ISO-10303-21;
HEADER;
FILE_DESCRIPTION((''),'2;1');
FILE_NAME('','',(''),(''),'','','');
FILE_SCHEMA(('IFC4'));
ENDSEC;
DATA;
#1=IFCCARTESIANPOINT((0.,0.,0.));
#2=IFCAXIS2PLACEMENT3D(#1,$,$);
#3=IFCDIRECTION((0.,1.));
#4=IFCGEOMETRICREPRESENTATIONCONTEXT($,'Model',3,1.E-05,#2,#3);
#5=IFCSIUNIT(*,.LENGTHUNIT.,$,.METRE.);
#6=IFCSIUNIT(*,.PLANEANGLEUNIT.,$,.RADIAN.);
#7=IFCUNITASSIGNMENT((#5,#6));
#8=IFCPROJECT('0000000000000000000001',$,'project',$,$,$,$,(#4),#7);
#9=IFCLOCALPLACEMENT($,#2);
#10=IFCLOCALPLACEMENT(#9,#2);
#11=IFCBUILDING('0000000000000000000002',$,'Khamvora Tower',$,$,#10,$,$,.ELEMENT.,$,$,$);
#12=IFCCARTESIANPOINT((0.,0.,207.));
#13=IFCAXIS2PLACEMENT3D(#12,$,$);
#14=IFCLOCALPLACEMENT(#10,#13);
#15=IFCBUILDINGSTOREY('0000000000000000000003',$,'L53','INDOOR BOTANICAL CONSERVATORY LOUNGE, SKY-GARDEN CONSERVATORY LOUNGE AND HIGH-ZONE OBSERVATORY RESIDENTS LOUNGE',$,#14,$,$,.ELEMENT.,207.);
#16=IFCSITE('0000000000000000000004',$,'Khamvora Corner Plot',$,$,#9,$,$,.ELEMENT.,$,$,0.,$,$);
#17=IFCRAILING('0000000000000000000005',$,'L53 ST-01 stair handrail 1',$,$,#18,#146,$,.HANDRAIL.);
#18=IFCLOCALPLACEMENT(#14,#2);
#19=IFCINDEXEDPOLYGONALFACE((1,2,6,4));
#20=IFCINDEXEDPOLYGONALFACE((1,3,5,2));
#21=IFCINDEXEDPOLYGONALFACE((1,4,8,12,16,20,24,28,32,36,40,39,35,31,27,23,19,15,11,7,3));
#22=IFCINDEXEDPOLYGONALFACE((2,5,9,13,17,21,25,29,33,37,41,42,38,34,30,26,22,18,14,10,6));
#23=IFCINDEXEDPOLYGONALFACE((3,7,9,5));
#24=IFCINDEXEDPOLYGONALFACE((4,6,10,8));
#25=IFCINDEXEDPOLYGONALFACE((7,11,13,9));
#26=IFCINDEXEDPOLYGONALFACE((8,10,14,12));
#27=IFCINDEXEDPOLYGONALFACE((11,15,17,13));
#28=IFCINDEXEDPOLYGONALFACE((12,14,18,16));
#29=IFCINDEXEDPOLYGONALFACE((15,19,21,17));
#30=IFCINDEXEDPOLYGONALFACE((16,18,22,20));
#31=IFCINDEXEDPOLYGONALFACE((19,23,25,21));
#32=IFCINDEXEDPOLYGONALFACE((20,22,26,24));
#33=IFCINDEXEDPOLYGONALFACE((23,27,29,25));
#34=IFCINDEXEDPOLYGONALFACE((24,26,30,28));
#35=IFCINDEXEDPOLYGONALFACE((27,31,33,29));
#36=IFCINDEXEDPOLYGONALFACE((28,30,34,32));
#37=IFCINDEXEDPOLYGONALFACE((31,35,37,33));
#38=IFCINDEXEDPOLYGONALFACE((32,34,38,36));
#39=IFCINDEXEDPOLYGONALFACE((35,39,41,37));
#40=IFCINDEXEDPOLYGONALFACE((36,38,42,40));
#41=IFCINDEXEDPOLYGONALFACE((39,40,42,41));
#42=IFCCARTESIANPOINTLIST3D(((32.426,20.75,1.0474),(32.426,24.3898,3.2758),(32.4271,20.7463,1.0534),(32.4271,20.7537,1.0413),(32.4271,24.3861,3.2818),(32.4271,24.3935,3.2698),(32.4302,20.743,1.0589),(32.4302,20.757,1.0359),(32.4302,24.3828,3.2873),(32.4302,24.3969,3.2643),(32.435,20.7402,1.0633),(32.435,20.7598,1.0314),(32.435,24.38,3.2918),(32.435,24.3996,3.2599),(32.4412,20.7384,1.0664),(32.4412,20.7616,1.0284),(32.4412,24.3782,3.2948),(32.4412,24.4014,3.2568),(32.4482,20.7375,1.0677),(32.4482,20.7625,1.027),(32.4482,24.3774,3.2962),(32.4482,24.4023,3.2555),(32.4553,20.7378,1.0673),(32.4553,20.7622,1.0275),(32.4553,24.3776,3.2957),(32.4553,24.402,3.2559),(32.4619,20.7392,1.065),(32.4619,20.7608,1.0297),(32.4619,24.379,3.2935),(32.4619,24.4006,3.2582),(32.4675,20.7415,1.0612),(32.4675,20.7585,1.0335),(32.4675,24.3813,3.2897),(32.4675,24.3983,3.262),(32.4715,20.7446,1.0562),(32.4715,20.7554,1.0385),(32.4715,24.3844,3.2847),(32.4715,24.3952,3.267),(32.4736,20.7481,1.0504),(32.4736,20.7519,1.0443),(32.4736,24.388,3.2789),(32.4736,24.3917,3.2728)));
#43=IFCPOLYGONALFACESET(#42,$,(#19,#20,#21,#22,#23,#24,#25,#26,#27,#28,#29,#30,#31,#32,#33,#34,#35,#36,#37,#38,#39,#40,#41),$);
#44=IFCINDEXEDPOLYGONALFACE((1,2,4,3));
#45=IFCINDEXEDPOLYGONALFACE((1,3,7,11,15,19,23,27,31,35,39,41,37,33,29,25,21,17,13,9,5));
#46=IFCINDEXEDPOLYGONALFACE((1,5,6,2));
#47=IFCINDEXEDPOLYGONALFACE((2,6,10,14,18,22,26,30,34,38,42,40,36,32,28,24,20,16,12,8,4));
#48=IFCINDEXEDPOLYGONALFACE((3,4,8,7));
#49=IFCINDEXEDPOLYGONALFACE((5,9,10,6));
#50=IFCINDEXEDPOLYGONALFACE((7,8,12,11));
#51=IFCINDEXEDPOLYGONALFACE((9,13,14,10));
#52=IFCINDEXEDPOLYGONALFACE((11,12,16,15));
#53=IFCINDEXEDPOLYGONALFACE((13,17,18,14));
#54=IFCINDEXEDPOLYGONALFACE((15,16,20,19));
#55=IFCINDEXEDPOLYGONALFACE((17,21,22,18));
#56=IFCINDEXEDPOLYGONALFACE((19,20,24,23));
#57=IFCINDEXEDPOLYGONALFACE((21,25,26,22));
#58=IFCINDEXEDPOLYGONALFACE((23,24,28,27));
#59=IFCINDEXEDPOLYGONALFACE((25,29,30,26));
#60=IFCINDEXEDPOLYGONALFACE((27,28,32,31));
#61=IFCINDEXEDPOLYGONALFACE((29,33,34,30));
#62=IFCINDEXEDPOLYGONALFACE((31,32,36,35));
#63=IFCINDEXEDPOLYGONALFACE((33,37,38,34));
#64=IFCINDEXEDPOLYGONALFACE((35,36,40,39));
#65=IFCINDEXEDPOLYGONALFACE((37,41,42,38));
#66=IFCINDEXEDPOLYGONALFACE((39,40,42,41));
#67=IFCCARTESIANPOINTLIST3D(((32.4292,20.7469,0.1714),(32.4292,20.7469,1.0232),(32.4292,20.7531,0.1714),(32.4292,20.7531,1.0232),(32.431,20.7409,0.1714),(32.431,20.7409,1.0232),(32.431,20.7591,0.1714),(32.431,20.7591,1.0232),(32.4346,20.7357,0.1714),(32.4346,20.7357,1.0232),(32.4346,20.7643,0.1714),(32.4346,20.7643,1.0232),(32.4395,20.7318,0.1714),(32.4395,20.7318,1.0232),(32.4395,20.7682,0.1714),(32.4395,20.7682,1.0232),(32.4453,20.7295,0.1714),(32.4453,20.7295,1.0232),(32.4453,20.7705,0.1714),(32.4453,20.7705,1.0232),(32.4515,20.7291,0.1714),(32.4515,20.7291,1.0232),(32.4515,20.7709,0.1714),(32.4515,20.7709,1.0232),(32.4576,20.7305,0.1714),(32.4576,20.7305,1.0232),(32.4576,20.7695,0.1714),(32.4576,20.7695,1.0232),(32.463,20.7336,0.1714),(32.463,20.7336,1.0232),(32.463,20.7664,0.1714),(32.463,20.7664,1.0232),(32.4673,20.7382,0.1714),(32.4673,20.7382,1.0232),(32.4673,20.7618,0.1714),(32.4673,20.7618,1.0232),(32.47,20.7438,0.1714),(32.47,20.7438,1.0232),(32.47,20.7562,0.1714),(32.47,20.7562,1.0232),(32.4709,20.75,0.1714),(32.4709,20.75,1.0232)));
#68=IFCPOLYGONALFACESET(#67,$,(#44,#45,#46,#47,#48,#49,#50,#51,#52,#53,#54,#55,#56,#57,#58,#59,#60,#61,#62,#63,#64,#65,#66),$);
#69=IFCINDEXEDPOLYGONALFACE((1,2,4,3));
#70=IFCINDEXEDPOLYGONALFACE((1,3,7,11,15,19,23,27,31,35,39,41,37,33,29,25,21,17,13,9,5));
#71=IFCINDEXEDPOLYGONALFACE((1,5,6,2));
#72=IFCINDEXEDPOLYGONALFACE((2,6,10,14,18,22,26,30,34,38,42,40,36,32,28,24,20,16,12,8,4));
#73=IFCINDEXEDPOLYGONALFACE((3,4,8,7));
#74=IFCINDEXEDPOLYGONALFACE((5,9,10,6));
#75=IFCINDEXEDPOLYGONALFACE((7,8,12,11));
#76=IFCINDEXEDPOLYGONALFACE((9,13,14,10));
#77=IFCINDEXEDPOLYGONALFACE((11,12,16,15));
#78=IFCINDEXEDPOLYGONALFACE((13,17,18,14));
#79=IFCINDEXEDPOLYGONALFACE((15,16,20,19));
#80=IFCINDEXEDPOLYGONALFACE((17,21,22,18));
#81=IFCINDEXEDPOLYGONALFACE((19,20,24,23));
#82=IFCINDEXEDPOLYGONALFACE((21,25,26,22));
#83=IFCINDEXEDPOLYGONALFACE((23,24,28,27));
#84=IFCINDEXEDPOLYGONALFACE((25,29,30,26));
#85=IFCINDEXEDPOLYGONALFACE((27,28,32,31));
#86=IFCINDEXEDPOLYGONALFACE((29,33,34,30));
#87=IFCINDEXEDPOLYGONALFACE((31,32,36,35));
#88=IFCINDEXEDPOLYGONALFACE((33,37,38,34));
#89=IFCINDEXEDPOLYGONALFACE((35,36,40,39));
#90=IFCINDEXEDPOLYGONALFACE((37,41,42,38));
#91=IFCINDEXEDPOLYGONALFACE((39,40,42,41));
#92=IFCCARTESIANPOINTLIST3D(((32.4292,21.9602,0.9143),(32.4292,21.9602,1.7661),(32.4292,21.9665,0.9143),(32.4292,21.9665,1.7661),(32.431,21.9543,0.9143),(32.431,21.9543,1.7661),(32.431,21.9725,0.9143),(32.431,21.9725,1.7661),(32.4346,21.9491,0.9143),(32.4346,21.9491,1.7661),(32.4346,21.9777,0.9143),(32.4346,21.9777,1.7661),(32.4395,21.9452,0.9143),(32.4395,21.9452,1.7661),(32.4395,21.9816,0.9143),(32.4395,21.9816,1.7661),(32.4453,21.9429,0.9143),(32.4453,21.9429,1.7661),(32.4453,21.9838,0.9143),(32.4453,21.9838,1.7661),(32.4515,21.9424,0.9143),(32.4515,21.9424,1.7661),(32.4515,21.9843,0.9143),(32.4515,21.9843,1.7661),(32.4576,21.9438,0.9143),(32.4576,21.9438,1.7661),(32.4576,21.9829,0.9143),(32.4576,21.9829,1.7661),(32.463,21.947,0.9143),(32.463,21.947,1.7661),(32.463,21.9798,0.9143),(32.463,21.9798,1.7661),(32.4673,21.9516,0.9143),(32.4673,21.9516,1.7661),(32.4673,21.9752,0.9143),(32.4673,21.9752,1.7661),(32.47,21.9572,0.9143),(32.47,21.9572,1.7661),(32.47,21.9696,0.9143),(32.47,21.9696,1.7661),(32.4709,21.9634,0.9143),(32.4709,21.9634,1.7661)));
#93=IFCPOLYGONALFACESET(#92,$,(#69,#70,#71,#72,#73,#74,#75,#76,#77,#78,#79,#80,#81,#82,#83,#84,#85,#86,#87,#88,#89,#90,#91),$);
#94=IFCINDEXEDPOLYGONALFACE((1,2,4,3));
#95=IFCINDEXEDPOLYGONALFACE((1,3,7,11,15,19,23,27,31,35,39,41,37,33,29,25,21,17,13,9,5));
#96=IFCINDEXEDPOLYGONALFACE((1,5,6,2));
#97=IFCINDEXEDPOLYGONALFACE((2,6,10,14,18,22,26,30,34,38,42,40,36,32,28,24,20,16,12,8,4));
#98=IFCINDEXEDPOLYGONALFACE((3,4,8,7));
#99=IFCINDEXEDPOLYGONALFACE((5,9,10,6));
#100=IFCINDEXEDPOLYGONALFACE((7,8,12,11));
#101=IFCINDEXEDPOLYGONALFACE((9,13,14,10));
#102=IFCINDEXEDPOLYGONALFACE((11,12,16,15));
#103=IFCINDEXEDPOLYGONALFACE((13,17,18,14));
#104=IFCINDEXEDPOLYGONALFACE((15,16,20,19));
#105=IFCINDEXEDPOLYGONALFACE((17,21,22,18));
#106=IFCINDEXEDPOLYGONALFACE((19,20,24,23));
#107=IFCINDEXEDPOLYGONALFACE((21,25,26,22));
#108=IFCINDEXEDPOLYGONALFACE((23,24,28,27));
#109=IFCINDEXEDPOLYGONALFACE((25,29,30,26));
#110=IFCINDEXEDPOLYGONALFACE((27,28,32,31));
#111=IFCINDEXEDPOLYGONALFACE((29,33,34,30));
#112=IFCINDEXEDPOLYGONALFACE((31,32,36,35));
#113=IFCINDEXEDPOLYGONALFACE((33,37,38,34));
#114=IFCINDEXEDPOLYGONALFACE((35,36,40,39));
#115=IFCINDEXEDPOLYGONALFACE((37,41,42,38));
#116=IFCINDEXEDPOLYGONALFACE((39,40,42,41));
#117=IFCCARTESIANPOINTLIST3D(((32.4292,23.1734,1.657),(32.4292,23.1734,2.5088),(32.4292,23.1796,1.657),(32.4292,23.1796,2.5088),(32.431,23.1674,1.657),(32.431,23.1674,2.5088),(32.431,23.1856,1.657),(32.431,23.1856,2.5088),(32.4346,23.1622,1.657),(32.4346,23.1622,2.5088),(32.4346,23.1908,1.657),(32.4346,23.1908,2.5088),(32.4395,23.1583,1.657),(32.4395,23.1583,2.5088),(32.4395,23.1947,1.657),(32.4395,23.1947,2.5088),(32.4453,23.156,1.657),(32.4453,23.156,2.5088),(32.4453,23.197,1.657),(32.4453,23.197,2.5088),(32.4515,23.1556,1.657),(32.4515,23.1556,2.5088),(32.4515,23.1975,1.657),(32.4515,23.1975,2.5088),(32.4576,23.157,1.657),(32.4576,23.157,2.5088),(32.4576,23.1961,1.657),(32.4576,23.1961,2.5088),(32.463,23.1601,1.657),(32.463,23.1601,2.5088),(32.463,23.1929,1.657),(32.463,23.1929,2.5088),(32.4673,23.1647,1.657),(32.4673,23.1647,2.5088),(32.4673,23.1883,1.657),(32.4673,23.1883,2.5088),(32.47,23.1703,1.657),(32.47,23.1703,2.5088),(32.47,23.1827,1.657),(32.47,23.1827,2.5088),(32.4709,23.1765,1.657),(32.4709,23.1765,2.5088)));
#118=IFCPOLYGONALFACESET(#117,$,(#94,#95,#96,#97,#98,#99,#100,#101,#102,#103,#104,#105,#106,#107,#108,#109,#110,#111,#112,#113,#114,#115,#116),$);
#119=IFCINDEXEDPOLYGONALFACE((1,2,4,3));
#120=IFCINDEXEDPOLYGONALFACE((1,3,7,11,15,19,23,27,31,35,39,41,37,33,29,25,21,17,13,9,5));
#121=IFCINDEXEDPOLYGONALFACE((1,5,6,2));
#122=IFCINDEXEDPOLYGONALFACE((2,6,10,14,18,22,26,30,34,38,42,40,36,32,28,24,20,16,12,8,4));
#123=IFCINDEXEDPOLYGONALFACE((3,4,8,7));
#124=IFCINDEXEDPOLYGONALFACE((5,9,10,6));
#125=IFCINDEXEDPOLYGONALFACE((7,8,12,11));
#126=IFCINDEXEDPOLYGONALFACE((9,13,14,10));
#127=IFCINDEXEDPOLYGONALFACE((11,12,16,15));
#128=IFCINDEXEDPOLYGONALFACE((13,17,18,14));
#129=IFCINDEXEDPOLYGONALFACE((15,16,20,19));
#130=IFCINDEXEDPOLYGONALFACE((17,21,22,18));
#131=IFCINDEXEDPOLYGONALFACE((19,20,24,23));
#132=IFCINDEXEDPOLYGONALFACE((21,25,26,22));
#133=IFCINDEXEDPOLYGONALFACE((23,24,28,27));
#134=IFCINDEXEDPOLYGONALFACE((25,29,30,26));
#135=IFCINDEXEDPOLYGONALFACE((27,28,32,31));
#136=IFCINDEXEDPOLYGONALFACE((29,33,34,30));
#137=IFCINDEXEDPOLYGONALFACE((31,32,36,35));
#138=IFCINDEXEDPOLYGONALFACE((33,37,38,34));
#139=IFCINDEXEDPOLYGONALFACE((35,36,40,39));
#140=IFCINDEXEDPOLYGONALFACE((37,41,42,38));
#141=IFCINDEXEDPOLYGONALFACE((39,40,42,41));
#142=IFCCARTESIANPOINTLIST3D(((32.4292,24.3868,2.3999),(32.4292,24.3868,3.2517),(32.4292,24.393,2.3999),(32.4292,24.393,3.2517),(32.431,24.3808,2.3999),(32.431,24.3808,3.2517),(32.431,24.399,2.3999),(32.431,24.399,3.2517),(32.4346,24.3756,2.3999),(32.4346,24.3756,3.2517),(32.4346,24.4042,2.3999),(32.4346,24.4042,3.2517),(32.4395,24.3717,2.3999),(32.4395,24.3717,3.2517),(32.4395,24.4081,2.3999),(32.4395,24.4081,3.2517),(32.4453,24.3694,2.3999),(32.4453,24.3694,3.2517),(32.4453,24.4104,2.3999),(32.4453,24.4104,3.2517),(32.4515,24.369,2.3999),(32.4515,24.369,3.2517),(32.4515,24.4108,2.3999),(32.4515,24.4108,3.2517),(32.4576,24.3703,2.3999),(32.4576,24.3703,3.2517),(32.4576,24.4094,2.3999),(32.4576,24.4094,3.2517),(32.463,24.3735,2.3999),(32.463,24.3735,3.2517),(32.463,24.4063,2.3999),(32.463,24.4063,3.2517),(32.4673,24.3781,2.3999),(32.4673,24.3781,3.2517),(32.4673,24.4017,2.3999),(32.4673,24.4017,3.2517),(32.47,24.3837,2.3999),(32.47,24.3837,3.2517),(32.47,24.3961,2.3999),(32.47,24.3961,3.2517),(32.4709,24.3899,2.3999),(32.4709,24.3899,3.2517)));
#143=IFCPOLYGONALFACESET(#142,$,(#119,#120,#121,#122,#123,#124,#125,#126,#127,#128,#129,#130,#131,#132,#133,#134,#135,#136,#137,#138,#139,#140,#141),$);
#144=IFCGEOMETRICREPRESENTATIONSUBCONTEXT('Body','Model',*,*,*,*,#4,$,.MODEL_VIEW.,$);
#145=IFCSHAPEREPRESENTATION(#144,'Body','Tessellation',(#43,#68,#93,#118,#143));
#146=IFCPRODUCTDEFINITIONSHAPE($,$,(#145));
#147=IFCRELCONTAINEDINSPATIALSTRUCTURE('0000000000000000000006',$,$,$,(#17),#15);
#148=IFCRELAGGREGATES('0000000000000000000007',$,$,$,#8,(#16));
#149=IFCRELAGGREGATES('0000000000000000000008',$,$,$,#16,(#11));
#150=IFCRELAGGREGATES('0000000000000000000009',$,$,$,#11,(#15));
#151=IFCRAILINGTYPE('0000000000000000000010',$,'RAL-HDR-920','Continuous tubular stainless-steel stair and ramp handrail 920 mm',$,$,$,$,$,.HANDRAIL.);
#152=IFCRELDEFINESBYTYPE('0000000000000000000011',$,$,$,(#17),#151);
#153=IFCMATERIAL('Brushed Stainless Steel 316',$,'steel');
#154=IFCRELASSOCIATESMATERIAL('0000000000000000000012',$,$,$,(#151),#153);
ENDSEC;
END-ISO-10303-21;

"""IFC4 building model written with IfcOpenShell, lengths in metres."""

from ifc_helpers import new_model, si_unit, direction, frame, origin, origin_2d, place, context, subcontext, project, spatial, circle, extrude, material, type_object, element, save


model = new_model("IFC4")

# Units and contexts
model_context = context("Model", 3, precision=1e-05, world=origin(), true_north=direction((0.0, 1.0)))
body_context = subcontext(model_context, "Body", "Model", "MODEL_VIEW")
ifc_project = project(units=[si_unit("LENGTHUNIT", "METRE"), si_unit("PLANEANGLEUNIT", "RADIAN")], contexts=[model_context])

# Site, building, storey
site_placement = place(None, origin())
site = spatial("IfcSite", under=ifc_project, at=site_placement, Name="Khamvora Corner Plot", CompositionType="ELEMENT", RefElevation=0.0)
building_placement = place(site_placement, origin())
building = spatial("IfcBuilding", under=site, at=building_placement, Name="Khamvora Tower", CompositionType="ELEMENT")
storey_placement = place(building_placement, frame((0.0, 0.0, 207.0)))
storey = spatial("IfcBuildingStorey", under=building, at=storey_placement, Name="L53", Description="INDOOR BOTANICAL CONSERVATORY LOUNGE, SKY-GARDEN CONSERVATORY LOUNGE AND HIGH-ZONE OBSERVATORY RESIDENTS LOUNGE", CompositionType="ELEMENT", Elevation=207.0)

# Railing
ifc_material_1 = material(Name="Brushed Stainless Steel 316", Category="steel")
railing_type_1 = type_object("IfcRailingType", Name="RAL-HDR-920", Description="Continuous tubular stainless-steel stair and ramp handrail 920 mm", PredefinedType="HANDRAIL", material=ifc_material_1)
railing_1_placement = place(storey_placement, frame((32.45, 20.75, 0.1714)))
element("IfcRailing", 1, at=railing_1_placement, inside=storey, type_object=railing_type_1, Name="L53 ST-01 stair handrail 1", PredefinedType="HANDRAIL", context=body_context, shape_type="SweptSolid", body=[
    extrude(circle(Radius=0.0239, at=origin_2d()), frame((0.0, 0.0, 0.876), z_axis=(0.0, 0.85285, 0.522156), x_axis=(-1.0, 0.0, 0.0)), (0.0, 0.0, 1.0), 4.2678),
    extrude(circle(Radius=0.021, at=origin_2d()), origin(), (0.0, 0.0, 1.0), 0.8518),
    extrude(circle(Radius=0.021, at=origin_2d()), frame((0.0, 1.2134, 0.7429)), (0.0, 0.0, 1.0), 0.8518),
    extrude(circle(Radius=0.021, at=origin_2d()), frame((0.0, 2.4265, 1.4856)), (0.0, 0.0, 1.0), 0.8518),
    extrude(circle(Radius=0.021, at=origin_2d()), frame((0.0, 3.6399, 2.2285)), (0.0, 0.0, 1.0), 0.8518),
])

save(model, "model.ifc")
